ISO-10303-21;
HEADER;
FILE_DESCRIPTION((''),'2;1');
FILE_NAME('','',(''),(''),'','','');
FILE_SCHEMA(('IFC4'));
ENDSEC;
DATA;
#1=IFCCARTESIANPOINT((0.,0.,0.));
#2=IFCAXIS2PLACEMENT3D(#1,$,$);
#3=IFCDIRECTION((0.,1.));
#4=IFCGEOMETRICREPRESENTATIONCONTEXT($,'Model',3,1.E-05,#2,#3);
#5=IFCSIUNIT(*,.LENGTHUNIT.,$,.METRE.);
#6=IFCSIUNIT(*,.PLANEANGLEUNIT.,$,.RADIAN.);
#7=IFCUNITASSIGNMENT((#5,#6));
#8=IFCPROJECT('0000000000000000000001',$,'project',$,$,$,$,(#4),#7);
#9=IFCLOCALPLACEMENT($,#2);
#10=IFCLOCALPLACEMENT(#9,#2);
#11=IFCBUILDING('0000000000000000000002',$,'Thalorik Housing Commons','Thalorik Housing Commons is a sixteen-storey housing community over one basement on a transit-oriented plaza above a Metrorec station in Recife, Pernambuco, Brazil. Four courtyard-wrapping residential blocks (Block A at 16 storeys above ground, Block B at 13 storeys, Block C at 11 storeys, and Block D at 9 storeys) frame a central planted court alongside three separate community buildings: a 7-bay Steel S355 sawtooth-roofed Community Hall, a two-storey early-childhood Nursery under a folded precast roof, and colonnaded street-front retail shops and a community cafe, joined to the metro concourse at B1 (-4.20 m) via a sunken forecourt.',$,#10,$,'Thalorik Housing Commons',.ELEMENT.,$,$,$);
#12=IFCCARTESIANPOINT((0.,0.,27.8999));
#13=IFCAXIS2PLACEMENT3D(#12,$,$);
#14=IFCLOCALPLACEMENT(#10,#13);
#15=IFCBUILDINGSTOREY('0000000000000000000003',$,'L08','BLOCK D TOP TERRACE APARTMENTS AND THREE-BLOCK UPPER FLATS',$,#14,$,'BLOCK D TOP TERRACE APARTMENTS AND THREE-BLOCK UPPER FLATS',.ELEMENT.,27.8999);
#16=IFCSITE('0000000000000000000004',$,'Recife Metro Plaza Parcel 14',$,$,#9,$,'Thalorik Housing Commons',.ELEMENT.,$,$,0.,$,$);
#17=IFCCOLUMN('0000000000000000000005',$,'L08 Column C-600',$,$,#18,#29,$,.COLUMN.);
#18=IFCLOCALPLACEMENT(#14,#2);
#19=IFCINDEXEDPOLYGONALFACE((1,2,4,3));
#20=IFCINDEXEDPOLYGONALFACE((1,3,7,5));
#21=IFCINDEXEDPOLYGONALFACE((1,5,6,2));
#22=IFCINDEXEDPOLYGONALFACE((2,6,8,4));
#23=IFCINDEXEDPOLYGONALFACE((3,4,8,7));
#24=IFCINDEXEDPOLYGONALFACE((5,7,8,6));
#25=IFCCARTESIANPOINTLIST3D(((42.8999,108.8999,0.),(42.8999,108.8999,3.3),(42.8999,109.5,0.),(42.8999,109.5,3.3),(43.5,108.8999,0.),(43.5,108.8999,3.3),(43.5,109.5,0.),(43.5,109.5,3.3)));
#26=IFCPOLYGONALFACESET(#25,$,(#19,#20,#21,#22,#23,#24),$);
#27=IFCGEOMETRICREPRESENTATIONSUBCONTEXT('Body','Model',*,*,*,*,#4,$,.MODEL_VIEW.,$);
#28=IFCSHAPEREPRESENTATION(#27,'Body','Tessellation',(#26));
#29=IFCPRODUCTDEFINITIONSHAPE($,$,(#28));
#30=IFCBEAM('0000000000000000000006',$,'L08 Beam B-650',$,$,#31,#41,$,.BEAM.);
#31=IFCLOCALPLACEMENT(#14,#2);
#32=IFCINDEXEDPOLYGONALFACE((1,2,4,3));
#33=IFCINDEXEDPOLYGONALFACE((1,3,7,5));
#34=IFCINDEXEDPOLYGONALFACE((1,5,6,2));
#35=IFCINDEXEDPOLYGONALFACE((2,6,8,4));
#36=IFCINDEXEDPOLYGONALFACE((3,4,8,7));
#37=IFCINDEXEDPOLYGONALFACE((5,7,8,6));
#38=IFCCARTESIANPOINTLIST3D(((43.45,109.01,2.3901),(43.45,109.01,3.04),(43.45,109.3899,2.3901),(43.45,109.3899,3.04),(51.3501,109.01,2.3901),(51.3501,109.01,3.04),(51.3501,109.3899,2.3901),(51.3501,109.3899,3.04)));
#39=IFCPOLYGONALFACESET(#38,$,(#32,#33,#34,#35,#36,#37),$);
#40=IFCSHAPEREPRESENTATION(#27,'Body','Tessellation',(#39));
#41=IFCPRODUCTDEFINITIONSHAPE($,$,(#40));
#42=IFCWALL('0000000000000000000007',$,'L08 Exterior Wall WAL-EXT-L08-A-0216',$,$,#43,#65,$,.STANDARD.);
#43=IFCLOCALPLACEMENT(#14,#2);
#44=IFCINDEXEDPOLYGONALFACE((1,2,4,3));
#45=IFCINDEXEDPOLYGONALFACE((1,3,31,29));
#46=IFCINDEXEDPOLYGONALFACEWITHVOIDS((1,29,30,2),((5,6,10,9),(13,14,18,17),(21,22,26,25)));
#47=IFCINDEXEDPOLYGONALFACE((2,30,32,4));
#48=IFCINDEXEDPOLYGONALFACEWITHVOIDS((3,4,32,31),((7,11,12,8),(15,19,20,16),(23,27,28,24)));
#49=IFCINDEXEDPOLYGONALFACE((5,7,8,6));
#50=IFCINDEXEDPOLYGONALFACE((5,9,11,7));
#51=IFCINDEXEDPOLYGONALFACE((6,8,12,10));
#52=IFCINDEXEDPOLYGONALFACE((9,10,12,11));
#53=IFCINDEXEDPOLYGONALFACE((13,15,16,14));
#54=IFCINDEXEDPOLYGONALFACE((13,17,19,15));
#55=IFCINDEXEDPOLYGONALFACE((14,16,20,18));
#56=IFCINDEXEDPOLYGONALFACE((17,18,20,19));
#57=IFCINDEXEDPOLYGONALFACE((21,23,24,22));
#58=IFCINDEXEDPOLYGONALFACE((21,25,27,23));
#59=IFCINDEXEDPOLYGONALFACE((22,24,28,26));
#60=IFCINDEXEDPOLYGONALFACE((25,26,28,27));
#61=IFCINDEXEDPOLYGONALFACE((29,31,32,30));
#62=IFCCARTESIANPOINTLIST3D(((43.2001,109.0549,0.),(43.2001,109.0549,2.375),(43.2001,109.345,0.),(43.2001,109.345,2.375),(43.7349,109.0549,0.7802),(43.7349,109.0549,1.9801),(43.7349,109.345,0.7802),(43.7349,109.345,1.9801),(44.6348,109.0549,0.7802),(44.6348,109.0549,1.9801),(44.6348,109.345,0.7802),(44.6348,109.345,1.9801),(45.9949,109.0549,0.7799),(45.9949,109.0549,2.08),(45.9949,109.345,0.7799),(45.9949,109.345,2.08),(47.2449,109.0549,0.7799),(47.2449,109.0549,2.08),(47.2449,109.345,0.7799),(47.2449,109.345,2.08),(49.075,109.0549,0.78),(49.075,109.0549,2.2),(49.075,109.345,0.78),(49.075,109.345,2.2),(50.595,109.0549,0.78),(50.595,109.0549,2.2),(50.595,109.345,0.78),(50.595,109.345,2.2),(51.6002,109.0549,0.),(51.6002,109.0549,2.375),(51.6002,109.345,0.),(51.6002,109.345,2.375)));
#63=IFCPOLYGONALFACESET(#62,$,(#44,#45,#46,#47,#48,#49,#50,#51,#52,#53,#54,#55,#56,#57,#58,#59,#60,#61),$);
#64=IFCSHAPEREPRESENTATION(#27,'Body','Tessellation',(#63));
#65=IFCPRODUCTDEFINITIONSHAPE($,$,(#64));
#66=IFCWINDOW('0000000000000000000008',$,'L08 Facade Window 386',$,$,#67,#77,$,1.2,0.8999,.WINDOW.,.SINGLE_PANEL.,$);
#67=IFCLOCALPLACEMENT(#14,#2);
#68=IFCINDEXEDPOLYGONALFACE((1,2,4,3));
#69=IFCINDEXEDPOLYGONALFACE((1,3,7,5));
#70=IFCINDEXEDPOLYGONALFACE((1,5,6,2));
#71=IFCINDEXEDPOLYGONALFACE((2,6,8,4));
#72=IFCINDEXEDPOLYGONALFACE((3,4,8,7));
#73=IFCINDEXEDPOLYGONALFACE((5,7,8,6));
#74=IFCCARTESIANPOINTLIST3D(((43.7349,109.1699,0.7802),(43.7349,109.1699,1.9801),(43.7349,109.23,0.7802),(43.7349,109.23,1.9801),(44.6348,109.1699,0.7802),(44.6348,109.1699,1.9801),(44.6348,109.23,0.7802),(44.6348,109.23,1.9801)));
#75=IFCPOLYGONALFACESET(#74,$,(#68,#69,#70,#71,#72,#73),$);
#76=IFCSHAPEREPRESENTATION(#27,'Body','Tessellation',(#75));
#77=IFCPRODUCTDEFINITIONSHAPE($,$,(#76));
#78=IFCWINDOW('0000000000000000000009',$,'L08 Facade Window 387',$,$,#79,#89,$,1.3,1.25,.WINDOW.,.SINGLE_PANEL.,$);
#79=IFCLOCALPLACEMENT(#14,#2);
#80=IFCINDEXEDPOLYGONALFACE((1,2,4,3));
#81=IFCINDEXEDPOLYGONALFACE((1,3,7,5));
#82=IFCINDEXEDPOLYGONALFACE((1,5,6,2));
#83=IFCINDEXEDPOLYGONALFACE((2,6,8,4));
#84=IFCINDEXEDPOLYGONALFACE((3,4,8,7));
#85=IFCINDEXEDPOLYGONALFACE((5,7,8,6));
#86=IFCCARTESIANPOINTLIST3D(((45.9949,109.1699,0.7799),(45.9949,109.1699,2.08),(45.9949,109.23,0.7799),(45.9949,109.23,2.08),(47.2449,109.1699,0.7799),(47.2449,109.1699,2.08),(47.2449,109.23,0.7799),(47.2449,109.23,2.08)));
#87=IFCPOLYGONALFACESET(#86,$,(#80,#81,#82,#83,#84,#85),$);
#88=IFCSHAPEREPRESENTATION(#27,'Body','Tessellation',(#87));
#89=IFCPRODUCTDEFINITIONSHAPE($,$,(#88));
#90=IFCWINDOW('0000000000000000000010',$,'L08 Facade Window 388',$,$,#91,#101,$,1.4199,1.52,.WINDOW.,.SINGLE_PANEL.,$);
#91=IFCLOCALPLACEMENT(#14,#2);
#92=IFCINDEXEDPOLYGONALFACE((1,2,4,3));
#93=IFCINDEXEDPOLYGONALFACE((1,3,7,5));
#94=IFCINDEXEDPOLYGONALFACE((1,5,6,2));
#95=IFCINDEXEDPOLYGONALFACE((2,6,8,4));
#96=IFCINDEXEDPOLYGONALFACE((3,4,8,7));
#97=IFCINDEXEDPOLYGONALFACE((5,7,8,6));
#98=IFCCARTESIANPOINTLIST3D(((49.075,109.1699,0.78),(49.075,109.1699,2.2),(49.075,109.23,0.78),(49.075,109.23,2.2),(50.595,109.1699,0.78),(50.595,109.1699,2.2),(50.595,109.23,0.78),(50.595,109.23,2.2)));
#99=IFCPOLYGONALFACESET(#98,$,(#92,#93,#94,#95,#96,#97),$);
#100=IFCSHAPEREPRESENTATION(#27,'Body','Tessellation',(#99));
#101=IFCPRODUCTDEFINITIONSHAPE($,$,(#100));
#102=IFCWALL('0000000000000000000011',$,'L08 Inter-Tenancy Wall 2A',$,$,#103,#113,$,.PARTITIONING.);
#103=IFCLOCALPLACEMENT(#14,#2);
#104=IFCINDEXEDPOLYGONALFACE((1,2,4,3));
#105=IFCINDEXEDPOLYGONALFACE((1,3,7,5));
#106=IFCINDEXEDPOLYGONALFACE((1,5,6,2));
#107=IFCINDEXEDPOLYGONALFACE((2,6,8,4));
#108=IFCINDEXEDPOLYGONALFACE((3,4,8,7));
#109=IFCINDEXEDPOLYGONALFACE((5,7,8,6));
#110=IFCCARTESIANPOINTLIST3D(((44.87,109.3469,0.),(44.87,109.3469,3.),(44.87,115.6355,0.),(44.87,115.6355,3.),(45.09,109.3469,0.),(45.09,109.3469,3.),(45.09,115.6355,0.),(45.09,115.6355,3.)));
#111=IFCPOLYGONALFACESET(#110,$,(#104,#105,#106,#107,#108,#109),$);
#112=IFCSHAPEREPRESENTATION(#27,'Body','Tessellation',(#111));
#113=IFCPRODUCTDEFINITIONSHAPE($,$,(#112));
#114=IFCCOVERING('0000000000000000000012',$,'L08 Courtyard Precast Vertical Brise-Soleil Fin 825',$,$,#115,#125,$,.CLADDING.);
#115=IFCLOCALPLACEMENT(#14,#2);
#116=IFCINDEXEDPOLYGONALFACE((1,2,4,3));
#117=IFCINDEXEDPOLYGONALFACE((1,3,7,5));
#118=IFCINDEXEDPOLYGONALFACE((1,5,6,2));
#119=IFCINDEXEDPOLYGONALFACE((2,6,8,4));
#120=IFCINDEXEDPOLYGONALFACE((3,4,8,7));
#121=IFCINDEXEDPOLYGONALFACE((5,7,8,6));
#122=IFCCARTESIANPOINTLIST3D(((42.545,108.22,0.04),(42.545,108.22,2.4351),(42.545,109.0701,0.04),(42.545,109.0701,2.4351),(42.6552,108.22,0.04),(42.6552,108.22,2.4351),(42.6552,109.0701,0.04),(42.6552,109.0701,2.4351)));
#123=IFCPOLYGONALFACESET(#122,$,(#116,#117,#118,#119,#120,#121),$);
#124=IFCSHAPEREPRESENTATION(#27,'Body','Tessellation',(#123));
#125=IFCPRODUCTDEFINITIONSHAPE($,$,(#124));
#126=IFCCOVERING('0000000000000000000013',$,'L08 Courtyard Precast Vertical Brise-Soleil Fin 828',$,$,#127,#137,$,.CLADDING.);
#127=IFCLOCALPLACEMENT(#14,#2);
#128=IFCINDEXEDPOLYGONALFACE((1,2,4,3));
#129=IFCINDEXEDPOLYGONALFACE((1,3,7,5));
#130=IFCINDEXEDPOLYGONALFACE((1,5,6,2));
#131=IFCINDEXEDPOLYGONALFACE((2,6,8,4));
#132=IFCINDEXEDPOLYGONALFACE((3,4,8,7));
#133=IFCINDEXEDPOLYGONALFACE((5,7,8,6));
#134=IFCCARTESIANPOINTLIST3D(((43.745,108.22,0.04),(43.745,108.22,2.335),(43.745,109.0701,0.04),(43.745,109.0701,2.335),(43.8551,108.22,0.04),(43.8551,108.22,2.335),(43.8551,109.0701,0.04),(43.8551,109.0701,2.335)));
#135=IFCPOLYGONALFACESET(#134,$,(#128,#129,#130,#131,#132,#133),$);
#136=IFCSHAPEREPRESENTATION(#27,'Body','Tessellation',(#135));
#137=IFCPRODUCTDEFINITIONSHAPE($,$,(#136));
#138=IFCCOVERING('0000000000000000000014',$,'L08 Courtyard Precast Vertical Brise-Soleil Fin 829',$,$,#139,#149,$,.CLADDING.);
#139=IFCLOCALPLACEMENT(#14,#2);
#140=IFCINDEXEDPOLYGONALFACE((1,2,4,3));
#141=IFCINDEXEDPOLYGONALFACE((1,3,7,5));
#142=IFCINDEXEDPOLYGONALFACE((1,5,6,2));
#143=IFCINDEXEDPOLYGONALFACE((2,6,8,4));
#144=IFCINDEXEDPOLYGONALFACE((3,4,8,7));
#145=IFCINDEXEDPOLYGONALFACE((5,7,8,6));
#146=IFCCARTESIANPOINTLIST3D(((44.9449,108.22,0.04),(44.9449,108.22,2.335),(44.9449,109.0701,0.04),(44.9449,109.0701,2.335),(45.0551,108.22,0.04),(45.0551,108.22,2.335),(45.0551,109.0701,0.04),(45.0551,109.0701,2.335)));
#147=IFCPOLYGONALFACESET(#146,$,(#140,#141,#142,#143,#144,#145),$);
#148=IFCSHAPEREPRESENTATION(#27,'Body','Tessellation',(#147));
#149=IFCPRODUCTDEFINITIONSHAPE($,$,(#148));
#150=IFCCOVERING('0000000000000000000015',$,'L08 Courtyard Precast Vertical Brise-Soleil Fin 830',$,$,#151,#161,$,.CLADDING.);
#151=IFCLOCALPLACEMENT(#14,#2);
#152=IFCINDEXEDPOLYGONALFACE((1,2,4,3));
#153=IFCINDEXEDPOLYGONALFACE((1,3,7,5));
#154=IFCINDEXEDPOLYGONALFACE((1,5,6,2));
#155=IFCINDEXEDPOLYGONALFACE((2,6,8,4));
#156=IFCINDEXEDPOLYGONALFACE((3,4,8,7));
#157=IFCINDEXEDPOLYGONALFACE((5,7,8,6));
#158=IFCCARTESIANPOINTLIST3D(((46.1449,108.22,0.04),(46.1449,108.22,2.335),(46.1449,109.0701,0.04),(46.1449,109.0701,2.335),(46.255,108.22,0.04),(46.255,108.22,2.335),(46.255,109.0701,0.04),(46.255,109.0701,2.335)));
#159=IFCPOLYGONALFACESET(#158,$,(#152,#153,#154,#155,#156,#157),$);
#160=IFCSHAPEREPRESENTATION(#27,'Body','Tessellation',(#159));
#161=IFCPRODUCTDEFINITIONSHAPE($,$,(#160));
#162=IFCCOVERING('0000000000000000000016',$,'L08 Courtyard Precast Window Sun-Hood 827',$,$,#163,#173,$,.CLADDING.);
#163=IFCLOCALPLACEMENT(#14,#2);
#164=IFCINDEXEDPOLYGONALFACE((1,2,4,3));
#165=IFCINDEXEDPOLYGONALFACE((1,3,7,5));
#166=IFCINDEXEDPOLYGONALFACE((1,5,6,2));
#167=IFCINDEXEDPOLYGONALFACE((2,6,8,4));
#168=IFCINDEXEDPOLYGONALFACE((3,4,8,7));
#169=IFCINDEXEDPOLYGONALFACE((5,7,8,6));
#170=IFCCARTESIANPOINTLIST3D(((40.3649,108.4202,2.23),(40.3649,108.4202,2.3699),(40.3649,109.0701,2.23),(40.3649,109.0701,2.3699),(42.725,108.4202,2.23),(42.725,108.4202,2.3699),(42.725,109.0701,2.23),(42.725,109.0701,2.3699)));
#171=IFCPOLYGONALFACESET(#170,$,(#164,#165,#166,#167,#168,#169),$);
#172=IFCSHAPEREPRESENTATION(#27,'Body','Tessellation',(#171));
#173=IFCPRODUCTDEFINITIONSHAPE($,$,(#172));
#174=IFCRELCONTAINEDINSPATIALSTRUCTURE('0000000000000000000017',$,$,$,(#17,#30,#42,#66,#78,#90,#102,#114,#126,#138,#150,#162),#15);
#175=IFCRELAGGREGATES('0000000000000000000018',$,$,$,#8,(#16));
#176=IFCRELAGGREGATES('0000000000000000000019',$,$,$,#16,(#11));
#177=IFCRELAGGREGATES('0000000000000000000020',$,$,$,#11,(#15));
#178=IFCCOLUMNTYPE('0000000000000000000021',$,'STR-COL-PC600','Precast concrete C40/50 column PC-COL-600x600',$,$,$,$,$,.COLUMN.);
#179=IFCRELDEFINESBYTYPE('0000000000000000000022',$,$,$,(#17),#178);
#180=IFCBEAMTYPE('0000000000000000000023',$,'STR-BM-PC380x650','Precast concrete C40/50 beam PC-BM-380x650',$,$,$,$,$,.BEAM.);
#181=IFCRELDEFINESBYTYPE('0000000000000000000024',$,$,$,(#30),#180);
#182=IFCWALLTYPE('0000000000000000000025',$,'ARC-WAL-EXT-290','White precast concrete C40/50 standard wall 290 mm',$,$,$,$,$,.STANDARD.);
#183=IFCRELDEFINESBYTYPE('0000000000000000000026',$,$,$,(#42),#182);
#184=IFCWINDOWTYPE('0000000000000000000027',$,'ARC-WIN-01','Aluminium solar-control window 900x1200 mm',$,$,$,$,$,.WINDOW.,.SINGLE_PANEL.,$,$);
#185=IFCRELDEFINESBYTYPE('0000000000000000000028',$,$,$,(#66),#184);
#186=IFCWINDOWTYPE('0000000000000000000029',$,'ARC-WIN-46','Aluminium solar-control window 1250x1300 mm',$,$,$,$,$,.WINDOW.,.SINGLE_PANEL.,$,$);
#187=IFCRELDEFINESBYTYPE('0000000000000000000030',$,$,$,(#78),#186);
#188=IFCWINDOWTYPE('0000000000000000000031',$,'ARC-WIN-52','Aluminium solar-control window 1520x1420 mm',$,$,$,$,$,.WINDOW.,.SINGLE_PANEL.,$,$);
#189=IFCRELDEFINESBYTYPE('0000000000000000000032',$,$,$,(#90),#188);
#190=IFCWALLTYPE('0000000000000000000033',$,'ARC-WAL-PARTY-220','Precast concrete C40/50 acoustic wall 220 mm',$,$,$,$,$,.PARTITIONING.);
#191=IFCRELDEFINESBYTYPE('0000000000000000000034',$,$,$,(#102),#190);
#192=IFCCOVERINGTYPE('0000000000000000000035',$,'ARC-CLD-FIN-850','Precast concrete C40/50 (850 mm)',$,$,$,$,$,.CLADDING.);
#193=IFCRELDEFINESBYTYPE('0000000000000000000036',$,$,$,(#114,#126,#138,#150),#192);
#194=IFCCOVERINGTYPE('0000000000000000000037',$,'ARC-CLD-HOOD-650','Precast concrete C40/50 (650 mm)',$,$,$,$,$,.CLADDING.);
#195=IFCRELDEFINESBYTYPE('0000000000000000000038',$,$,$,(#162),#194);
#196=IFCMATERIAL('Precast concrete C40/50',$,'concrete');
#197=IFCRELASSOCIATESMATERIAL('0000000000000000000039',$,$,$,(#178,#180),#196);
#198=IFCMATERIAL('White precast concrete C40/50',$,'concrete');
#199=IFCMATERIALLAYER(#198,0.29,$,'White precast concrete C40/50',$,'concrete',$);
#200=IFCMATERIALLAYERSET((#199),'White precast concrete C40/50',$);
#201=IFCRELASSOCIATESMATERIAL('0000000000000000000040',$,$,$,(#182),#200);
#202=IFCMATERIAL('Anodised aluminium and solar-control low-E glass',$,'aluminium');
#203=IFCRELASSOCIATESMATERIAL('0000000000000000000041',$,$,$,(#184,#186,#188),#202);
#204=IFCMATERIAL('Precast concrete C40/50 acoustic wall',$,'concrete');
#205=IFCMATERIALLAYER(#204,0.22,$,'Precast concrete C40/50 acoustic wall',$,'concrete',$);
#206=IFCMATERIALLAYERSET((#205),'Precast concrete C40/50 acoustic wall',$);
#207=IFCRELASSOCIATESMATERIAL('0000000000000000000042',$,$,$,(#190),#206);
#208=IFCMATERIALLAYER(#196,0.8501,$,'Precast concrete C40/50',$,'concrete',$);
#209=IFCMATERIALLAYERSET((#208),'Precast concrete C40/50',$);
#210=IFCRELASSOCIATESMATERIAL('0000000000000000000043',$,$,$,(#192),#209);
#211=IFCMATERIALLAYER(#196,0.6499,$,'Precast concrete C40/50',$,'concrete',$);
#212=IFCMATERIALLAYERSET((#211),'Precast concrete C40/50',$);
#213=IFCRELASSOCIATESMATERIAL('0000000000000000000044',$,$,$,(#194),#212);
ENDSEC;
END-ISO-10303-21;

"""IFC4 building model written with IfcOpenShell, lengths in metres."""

from ifc_helpers import new_model, si_unit, direction, frame, frame_2d, origin, origin_2d, place, context, subcontext, project, spatial, rectangle, extrude, material, layer, layer_set, material_profile, profile_set, type_object, element, fill, save


model = new_model("IFC4")

# Units and contexts
model_context = context("Model", 3, precision=1e-05, world=origin(), true_north=direction((0.0, 1.0)))
body_context = subcontext(model_context, "Body", "Model", "MODEL_VIEW")
ifc_project = project(units=[si_unit("LENGTHUNIT", "METRE"), si_unit("PLANEANGLEUNIT", "RADIAN")], contexts=[model_context])

# Site, building, storey
site_placement = place(None, origin())
site = spatial("IfcSite", under=ifc_project, at=site_placement, Name="Recife Metro Plaza Parcel 14", LongName="Thalorik Housing Commons", CompositionType="ELEMENT", RefElevation=0.0)
building_placement = place(site_placement, origin())
building = spatial("IfcBuilding", under=site, at=building_placement, Name="Thalorik Housing Commons", Description="Thalorik Housing Commons is a sixteen-storey housing community over one basement on a transit-oriented plaza above a Metrorec station in Recife, Pernambuco, Brazil. Four courtyard-wrapping residential blocks (Block A at 16 storeys above ground, Block B at 13 storeys, Block C at 11 storeys, and Block D at 9 storeys) frame a central planted court alongside three separate community buildings: a 7-bay Steel S355 sawtooth-roofed Community Hall, a two-storey early-childhood Nursery under a folded precast roof, and colonnaded street-front retail shops and a community cafe, joined to the metro concourse at B1 (-4.20 m) via a sunken forecourt.", LongName="Thalorik Housing Commons", CompositionType="ELEMENT")
storey_placement = place(building_placement, frame((0.0, 0.0, 27.8999)))
storey = spatial("IfcBuildingStorey", under=building, at=storey_placement, Name="L08", Description="BLOCK D TOP TERRACE APARTMENTS AND THREE-BLOCK UPPER FLATS", LongName="BLOCK D TOP TERRACE APARTMENTS AND THREE-BLOCK UPPER FLATS", CompositionType="ELEMENT", Elevation=27.8999)

# Column
ifc_material_1 = material(Name="Precast concrete C40/50", Category="concrete")
ifc_material_profile_1 = material_profile(ifc_material_1, rectangle(XDim=0.6001, YDim=0.6001, at=origin_2d()), Name="PC 600x600", Category="concrete")
ifc_profile_set_1 = profile_set([ifc_material_profile_1], Name="Precast concrete C40/50")
column_type = type_object("IfcColumnType", Name="STR-COL-PC600", Description="Precast concrete C40/50 column PC-COL-600x600", PredefinedType="COLUMN", material=ifc_profile_set_1)
column_placement = place(storey_placement, frame((43.2, 109.2, 0.0), z_axis=(0.0, 0.0, 1.0), x_axis=(1.0, 0.0, 0.0)))
element("IfcColumn", 1, at=column_placement, inside=storey, type_object=column_type, Name="L08 Column C-600", PredefinedType="COLUMN", context=body_context, shape_type="SweptSolid", body=[
    extrude(rectangle(XDim=0.6001, YDim=0.6001, at=origin_2d()), origin(), (0.0, 0.0, 1.0), 3.3),
])

# Beam
ifc_material_profile_2 = material_profile(ifc_material_1, rectangle(XDim=0.3799, YDim=0.6499, at=origin_2d()), Name="PC 380x650", Category="concrete")
ifc_profile_set_2 = profile_set([ifc_material_profile_2], Name="Precast concrete C40/50")
beam_type = type_object("IfcBeamType", Name="STR-BM-PC380x650", Description="Precast concrete C40/50 beam PC-BM-380x650", PredefinedType="BEAM", material=ifc_profile_set_2)
beam_placement = place(storey_placement, frame((43.45, 109.2, 2.7151), z_axis=(1.0, 0.0, 0.0), x_axis=(0.0, 1.0, 0.0)))
element("IfcBeam", 2, at=beam_placement, inside=storey, type_object=beam_type, Name="L08 Beam B-650", PredefinedType="BEAM", context=body_context, shape_type="SweptSolid", body=[
    extrude(rectangle(XDim=0.3799, YDim=0.6499, at=origin_2d()), origin(), (0.0, 0.0, 1.0), 7.9001),
])

# Wall, openings, windows
ifc_material_2 = material(Name="White precast concrete C40/50", Category="concrete")
ifc_layer_1 = layer(ifc_material_2, 0.29, Name="White precast concrete C40/50", Category="concrete")
ifc_layer_set_1 = layer_set([ifc_layer_1], Name="White precast concrete C40/50")
wall_type_1 = type_object("IfcWallType", Name="ARC-WAL-EXT-290", Description="White precast concrete C40/50 standard wall 290 mm", PredefinedType="STANDARD", material=ifc_layer_set_1)
wall_1_placement = place(storey_placement, frame((43.2, 109.2, 0.0), z_axis=(0.0, 0.0, 1.0), x_axis=(1.0, 0.0, 0.0)))
wall_1 = element("IfcWall", 3, at=wall_1_placement, inside=storey, type_object=wall_type_1, Name="L08 Exterior Wall WAL-EXT-L08-A-0216", PredefinedType="STANDARD", context=body_context, shape_type="SweptSolid", body=[
    extrude(rectangle(XDim=8.4001, YDim=0.29, at=frame_2d((4.2002, 0.0))), origin(), (0.0, 0.0, 1.0), 2.375),
])
opening_1_placement = place(wall_1_placement, frame((0.5349, 0.0, 0.78)))
opening_1 = element("IfcOpeningElement", 4, at=opening_1_placement, cuts=wall_1, PredefinedType="OPENING", context=body_context, shape_type="SweptSolid", body=[
    extrude(rectangle(XDim=0.8999, YDim=1.2, at=frame_2d((0.45, 0.6001))), frame((0.0, 0.155, 0.0), z_axis=(0.0, -1.0, 0.0), x_axis=(1.0, 0.0, 0.0)), (0.0, 0.0, 1.0), 0.3101),
])
opening_2_placement = place(wall_1_placement, frame((2.7949, 0.0, 0.78)))
opening_2 = element("IfcOpeningElement", 5, at=opening_2_placement, cuts=wall_1, PredefinedType="OPENING", context=body_context, shape_type="SweptSolid", body=[
    extrude(rectangle(XDim=1.25, YDim=1.3, at=frame_2d((0.625, 0.6499))), frame((0.0, 0.155, 0.0), z_axis=(0.0, -1.0, 0.0), x_axis=(1.0, 0.0, 0.0)), (0.0, 0.0, 1.0), 0.3101),
])
opening_3_placement = place(wall_1_placement, frame((5.875, 0.0, 0.78)))
opening_3 = element("IfcOpeningElement", 6, at=opening_3_placement, cuts=wall_1, PredefinedType="OPENING", context=body_context, shape_type="SweptSolid", body=[
    extrude(rectangle(XDim=1.52, YDim=1.4199, at=frame_2d((0.76, 0.71))), frame((0.0, 0.155, 0.0), z_axis=(0.0, -1.0, 0.0), x_axis=(1.0, 0.0, 0.0)), (0.0, 0.0, 1.0), 0.3101),
])
ifc_material_3 = material(Name="Anodised aluminium and solar-control low-E glass", Category="aluminium")
window_type_1 = type_object("IfcWindowType", Name="ARC-WIN-01", Description="Aluminium solar-control window 900x1200 mm", PartitioningType="SINGLE_PANEL", PredefinedType="WINDOW", material=ifc_material_3)
window_1_placement = place(opening_1_placement, origin())
window_1 = element("IfcWindow", 7, at=window_1_placement, inside=storey, type_object=window_type_1, Name="L08 Facade Window 386", OverallHeight=1.2, OverallWidth=0.8999, PartitioningType="SINGLE_PANEL", PredefinedType="WINDOW", context=body_context, shape_type="SweptSolid", body=[
    extrude(rectangle(XDim=0.8999, YDim=1.2, at=frame_2d((0.45, 0.6001))), frame((0.0, 0.03, 0.0), z_axis=(0.0, -1.0, 0.0), x_axis=(1.0, 0.0, 0.0)), (0.0, 0.0, 1.0), 0.0601),
])
fill(opening_1, window_1)
window_type_2 = type_object("IfcWindowType", Name="ARC-WIN-46", Description="Aluminium solar-control window 1250x1300 mm", PartitioningType="SINGLE_PANEL", PredefinedType="WINDOW", material=ifc_material_3)
window_2_placement = place(opening_2_placement, origin())
window_2 = element("IfcWindow", 8, at=window_2_placement, inside=storey, type_object=window_type_2, Name="L08 Facade Window 387", OverallHeight=1.3, OverallWidth=1.25, PartitioningType="SINGLE_PANEL", PredefinedType="WINDOW", context=body_context, shape_type="SweptSolid", body=[
    extrude(rectangle(XDim=1.25, YDim=1.3, at=frame_2d((0.625, 0.6499))), frame((0.0, 0.03, 0.0), z_axis=(0.0, -1.0, 0.0), x_axis=(1.0, 0.0, 0.0)), (0.0, 0.0, 1.0), 0.0601),
])
fill(opening_2, window_2)
window_type_3 = type_object("IfcWindowType", Name="ARC-WIN-52", Description="Aluminium solar-control window 1520x1420 mm", PartitioningType="SINGLE_PANEL", PredefinedType="WINDOW", material=ifc_material_3)
window_3_placement = place(opening_3_placement, origin())
window_3 = element("IfcWindow", 9, at=window_3_placement, inside=storey, type_object=window_type_3, Name="L08 Facade Window 388", OverallHeight=1.4199, OverallWidth=1.52, PartitioningType="SINGLE_PANEL", PredefinedType="WINDOW", context=body_context, shape_type="SweptSolid", body=[
    extrude(rectangle(XDim=1.52, YDim=1.4199, at=frame_2d((0.76, 0.71))), frame((0.0, 0.03, 0.0), z_axis=(0.0, -1.0, 0.0), x_axis=(1.0, 0.0, 0.0)), (0.0, 0.0, 1.0), 0.0601),
])
fill(opening_3, window_3)

# Wall
ifc_material_4 = material(Name="Precast concrete C40/50 acoustic wall", Category="concrete")
ifc_layer_2 = layer(ifc_material_4, 0.22, Name="Precast concrete C40/50 acoustic wall", Category="concrete")
ifc_layer_set_2 = layer_set([ifc_layer_2], Name="Precast concrete C40/50 acoustic wall")
wall_type_2 = type_object("IfcWallType", Name="ARC-WAL-PARTY-220", Description="Precast concrete C40/50 acoustic wall 220 mm", PredefinedType="PARTITIONING", material=ifc_layer_set_2)
wall_2_placement = place(storey_placement, frame((44.98, 109.3469, 0.0), z_axis=(0.0, 0.0, 1.0), x_axis=(0.0, 1.0, 0.0)))
element("IfcWall", 10, at=wall_2_placement, inside=storey, type_object=wall_type_2, Name="L08 Inter-Tenancy Wall 2A", PredefinedType="PARTITIONING", context=body_context, shape_type="SweptSolid", body=[
    extrude(rectangle(XDim=6.2886, YDim=0.22, at=frame_2d((3.1443, 0.0))), origin(), (0.0, 0.0, 1.0), 3.0),
])

# Coverings
ifc_layer_3 = layer(ifc_material_1, 0.8501, Name="Precast concrete C40/50", Category="concrete")
ifc_layer_set_3 = layer_set([ifc_layer_3], Name="Precast concrete C40/50")
covering_type_1 = type_object("IfcCoveringType", Name="ARC-CLD-FIN-850", Description="Precast concrete C40/50 (850 mm)", PredefinedType="CLADDING", material=ifc_layer_set_3)
covering_1_placement = place(storey_placement, frame((42.6001, 108.645, 0.04), z_axis=(0.0, 0.0, 1.0), x_axis=(1.0, 0.0, 0.0)))
element("IfcCovering", 11, at=covering_1_placement, inside=storey, type_object=covering_type_1, Name="L08 Courtyard Precast Vertical Brise-Soleil Fin 825", PredefinedType="CLADDING", context=body_context, shape_type="SweptSolid", body=[
    extrude(rectangle(XDim=0.1101, YDim=0.8501, at=origin_2d()), origin(), (0.0, 0.0, 1.0), 2.395),
])
for number, where, z_axis, x_axis, name in (
    (12, (43.8, 108.645, 0.04), (0.0, 0.0, 1.0), (1.0, 0.0, 0.0), "L08 Courtyard Precast Vertical Brise-Soleil Fin 828"),
    (13, (45.0, 108.645, 0.04), (0.0, 0.0, 1.0), (1.0, 0.0, 0.0), "L08 Courtyard Precast Vertical Brise-Soleil Fin 829"),
    (14, (46.2, 108.645, 0.04), (0.0, 0.0, 1.0), (1.0, 0.0, 0.0), "L08 Courtyard Precast Vertical Brise-Soleil Fin 830"),
):
    element("IfcCovering", number, at=place(storey_placement, frame(where, z_axis=z_axis, x_axis=x_axis)), inside=storey, type_object=covering_type_1, Name=name, PredefinedType="CLADDING", context=body_context, shape_type="SweptSolid", body=[
        extrude(rectangle(XDim=0.1101, YDim=0.8501, at=origin_2d()), origin(), (0.0, 0.0, 1.0), 2.2949),
    ])
ifc_layer_4 = layer(ifc_material_1, 0.6499, Name="Precast concrete C40/50", Category="concrete")
ifc_layer_set_4 = layer_set([ifc_layer_4], Name="Precast concrete C40/50")
covering_type_2 = type_object("IfcCoveringType", Name="ARC-CLD-HOOD-650", Description="Precast concrete C40/50 (650 mm)", PredefinedType="CLADDING", material=ifc_layer_set_4)
covering_2_placement = place(storey_placement, frame((41.5449, 108.7451, 2.23), z_axis=(0.0, 0.0, 1.0), x_axis=(1.0, 0.0, 0.0)))
element("IfcCovering", 15, at=covering_2_placement, inside=storey, type_object=covering_type_2, Name="L08 Courtyard Precast Window Sun-Hood 827", PredefinedType="CLADDING", context=body_context, shape_type="SweptSolid", body=[
    extrude(rectangle(XDim=2.3601, YDim=0.6499, at=origin_2d()), origin(), (0.0, 0.0, 1.0), 0.1399),
])

save(model, "model.ifc")
